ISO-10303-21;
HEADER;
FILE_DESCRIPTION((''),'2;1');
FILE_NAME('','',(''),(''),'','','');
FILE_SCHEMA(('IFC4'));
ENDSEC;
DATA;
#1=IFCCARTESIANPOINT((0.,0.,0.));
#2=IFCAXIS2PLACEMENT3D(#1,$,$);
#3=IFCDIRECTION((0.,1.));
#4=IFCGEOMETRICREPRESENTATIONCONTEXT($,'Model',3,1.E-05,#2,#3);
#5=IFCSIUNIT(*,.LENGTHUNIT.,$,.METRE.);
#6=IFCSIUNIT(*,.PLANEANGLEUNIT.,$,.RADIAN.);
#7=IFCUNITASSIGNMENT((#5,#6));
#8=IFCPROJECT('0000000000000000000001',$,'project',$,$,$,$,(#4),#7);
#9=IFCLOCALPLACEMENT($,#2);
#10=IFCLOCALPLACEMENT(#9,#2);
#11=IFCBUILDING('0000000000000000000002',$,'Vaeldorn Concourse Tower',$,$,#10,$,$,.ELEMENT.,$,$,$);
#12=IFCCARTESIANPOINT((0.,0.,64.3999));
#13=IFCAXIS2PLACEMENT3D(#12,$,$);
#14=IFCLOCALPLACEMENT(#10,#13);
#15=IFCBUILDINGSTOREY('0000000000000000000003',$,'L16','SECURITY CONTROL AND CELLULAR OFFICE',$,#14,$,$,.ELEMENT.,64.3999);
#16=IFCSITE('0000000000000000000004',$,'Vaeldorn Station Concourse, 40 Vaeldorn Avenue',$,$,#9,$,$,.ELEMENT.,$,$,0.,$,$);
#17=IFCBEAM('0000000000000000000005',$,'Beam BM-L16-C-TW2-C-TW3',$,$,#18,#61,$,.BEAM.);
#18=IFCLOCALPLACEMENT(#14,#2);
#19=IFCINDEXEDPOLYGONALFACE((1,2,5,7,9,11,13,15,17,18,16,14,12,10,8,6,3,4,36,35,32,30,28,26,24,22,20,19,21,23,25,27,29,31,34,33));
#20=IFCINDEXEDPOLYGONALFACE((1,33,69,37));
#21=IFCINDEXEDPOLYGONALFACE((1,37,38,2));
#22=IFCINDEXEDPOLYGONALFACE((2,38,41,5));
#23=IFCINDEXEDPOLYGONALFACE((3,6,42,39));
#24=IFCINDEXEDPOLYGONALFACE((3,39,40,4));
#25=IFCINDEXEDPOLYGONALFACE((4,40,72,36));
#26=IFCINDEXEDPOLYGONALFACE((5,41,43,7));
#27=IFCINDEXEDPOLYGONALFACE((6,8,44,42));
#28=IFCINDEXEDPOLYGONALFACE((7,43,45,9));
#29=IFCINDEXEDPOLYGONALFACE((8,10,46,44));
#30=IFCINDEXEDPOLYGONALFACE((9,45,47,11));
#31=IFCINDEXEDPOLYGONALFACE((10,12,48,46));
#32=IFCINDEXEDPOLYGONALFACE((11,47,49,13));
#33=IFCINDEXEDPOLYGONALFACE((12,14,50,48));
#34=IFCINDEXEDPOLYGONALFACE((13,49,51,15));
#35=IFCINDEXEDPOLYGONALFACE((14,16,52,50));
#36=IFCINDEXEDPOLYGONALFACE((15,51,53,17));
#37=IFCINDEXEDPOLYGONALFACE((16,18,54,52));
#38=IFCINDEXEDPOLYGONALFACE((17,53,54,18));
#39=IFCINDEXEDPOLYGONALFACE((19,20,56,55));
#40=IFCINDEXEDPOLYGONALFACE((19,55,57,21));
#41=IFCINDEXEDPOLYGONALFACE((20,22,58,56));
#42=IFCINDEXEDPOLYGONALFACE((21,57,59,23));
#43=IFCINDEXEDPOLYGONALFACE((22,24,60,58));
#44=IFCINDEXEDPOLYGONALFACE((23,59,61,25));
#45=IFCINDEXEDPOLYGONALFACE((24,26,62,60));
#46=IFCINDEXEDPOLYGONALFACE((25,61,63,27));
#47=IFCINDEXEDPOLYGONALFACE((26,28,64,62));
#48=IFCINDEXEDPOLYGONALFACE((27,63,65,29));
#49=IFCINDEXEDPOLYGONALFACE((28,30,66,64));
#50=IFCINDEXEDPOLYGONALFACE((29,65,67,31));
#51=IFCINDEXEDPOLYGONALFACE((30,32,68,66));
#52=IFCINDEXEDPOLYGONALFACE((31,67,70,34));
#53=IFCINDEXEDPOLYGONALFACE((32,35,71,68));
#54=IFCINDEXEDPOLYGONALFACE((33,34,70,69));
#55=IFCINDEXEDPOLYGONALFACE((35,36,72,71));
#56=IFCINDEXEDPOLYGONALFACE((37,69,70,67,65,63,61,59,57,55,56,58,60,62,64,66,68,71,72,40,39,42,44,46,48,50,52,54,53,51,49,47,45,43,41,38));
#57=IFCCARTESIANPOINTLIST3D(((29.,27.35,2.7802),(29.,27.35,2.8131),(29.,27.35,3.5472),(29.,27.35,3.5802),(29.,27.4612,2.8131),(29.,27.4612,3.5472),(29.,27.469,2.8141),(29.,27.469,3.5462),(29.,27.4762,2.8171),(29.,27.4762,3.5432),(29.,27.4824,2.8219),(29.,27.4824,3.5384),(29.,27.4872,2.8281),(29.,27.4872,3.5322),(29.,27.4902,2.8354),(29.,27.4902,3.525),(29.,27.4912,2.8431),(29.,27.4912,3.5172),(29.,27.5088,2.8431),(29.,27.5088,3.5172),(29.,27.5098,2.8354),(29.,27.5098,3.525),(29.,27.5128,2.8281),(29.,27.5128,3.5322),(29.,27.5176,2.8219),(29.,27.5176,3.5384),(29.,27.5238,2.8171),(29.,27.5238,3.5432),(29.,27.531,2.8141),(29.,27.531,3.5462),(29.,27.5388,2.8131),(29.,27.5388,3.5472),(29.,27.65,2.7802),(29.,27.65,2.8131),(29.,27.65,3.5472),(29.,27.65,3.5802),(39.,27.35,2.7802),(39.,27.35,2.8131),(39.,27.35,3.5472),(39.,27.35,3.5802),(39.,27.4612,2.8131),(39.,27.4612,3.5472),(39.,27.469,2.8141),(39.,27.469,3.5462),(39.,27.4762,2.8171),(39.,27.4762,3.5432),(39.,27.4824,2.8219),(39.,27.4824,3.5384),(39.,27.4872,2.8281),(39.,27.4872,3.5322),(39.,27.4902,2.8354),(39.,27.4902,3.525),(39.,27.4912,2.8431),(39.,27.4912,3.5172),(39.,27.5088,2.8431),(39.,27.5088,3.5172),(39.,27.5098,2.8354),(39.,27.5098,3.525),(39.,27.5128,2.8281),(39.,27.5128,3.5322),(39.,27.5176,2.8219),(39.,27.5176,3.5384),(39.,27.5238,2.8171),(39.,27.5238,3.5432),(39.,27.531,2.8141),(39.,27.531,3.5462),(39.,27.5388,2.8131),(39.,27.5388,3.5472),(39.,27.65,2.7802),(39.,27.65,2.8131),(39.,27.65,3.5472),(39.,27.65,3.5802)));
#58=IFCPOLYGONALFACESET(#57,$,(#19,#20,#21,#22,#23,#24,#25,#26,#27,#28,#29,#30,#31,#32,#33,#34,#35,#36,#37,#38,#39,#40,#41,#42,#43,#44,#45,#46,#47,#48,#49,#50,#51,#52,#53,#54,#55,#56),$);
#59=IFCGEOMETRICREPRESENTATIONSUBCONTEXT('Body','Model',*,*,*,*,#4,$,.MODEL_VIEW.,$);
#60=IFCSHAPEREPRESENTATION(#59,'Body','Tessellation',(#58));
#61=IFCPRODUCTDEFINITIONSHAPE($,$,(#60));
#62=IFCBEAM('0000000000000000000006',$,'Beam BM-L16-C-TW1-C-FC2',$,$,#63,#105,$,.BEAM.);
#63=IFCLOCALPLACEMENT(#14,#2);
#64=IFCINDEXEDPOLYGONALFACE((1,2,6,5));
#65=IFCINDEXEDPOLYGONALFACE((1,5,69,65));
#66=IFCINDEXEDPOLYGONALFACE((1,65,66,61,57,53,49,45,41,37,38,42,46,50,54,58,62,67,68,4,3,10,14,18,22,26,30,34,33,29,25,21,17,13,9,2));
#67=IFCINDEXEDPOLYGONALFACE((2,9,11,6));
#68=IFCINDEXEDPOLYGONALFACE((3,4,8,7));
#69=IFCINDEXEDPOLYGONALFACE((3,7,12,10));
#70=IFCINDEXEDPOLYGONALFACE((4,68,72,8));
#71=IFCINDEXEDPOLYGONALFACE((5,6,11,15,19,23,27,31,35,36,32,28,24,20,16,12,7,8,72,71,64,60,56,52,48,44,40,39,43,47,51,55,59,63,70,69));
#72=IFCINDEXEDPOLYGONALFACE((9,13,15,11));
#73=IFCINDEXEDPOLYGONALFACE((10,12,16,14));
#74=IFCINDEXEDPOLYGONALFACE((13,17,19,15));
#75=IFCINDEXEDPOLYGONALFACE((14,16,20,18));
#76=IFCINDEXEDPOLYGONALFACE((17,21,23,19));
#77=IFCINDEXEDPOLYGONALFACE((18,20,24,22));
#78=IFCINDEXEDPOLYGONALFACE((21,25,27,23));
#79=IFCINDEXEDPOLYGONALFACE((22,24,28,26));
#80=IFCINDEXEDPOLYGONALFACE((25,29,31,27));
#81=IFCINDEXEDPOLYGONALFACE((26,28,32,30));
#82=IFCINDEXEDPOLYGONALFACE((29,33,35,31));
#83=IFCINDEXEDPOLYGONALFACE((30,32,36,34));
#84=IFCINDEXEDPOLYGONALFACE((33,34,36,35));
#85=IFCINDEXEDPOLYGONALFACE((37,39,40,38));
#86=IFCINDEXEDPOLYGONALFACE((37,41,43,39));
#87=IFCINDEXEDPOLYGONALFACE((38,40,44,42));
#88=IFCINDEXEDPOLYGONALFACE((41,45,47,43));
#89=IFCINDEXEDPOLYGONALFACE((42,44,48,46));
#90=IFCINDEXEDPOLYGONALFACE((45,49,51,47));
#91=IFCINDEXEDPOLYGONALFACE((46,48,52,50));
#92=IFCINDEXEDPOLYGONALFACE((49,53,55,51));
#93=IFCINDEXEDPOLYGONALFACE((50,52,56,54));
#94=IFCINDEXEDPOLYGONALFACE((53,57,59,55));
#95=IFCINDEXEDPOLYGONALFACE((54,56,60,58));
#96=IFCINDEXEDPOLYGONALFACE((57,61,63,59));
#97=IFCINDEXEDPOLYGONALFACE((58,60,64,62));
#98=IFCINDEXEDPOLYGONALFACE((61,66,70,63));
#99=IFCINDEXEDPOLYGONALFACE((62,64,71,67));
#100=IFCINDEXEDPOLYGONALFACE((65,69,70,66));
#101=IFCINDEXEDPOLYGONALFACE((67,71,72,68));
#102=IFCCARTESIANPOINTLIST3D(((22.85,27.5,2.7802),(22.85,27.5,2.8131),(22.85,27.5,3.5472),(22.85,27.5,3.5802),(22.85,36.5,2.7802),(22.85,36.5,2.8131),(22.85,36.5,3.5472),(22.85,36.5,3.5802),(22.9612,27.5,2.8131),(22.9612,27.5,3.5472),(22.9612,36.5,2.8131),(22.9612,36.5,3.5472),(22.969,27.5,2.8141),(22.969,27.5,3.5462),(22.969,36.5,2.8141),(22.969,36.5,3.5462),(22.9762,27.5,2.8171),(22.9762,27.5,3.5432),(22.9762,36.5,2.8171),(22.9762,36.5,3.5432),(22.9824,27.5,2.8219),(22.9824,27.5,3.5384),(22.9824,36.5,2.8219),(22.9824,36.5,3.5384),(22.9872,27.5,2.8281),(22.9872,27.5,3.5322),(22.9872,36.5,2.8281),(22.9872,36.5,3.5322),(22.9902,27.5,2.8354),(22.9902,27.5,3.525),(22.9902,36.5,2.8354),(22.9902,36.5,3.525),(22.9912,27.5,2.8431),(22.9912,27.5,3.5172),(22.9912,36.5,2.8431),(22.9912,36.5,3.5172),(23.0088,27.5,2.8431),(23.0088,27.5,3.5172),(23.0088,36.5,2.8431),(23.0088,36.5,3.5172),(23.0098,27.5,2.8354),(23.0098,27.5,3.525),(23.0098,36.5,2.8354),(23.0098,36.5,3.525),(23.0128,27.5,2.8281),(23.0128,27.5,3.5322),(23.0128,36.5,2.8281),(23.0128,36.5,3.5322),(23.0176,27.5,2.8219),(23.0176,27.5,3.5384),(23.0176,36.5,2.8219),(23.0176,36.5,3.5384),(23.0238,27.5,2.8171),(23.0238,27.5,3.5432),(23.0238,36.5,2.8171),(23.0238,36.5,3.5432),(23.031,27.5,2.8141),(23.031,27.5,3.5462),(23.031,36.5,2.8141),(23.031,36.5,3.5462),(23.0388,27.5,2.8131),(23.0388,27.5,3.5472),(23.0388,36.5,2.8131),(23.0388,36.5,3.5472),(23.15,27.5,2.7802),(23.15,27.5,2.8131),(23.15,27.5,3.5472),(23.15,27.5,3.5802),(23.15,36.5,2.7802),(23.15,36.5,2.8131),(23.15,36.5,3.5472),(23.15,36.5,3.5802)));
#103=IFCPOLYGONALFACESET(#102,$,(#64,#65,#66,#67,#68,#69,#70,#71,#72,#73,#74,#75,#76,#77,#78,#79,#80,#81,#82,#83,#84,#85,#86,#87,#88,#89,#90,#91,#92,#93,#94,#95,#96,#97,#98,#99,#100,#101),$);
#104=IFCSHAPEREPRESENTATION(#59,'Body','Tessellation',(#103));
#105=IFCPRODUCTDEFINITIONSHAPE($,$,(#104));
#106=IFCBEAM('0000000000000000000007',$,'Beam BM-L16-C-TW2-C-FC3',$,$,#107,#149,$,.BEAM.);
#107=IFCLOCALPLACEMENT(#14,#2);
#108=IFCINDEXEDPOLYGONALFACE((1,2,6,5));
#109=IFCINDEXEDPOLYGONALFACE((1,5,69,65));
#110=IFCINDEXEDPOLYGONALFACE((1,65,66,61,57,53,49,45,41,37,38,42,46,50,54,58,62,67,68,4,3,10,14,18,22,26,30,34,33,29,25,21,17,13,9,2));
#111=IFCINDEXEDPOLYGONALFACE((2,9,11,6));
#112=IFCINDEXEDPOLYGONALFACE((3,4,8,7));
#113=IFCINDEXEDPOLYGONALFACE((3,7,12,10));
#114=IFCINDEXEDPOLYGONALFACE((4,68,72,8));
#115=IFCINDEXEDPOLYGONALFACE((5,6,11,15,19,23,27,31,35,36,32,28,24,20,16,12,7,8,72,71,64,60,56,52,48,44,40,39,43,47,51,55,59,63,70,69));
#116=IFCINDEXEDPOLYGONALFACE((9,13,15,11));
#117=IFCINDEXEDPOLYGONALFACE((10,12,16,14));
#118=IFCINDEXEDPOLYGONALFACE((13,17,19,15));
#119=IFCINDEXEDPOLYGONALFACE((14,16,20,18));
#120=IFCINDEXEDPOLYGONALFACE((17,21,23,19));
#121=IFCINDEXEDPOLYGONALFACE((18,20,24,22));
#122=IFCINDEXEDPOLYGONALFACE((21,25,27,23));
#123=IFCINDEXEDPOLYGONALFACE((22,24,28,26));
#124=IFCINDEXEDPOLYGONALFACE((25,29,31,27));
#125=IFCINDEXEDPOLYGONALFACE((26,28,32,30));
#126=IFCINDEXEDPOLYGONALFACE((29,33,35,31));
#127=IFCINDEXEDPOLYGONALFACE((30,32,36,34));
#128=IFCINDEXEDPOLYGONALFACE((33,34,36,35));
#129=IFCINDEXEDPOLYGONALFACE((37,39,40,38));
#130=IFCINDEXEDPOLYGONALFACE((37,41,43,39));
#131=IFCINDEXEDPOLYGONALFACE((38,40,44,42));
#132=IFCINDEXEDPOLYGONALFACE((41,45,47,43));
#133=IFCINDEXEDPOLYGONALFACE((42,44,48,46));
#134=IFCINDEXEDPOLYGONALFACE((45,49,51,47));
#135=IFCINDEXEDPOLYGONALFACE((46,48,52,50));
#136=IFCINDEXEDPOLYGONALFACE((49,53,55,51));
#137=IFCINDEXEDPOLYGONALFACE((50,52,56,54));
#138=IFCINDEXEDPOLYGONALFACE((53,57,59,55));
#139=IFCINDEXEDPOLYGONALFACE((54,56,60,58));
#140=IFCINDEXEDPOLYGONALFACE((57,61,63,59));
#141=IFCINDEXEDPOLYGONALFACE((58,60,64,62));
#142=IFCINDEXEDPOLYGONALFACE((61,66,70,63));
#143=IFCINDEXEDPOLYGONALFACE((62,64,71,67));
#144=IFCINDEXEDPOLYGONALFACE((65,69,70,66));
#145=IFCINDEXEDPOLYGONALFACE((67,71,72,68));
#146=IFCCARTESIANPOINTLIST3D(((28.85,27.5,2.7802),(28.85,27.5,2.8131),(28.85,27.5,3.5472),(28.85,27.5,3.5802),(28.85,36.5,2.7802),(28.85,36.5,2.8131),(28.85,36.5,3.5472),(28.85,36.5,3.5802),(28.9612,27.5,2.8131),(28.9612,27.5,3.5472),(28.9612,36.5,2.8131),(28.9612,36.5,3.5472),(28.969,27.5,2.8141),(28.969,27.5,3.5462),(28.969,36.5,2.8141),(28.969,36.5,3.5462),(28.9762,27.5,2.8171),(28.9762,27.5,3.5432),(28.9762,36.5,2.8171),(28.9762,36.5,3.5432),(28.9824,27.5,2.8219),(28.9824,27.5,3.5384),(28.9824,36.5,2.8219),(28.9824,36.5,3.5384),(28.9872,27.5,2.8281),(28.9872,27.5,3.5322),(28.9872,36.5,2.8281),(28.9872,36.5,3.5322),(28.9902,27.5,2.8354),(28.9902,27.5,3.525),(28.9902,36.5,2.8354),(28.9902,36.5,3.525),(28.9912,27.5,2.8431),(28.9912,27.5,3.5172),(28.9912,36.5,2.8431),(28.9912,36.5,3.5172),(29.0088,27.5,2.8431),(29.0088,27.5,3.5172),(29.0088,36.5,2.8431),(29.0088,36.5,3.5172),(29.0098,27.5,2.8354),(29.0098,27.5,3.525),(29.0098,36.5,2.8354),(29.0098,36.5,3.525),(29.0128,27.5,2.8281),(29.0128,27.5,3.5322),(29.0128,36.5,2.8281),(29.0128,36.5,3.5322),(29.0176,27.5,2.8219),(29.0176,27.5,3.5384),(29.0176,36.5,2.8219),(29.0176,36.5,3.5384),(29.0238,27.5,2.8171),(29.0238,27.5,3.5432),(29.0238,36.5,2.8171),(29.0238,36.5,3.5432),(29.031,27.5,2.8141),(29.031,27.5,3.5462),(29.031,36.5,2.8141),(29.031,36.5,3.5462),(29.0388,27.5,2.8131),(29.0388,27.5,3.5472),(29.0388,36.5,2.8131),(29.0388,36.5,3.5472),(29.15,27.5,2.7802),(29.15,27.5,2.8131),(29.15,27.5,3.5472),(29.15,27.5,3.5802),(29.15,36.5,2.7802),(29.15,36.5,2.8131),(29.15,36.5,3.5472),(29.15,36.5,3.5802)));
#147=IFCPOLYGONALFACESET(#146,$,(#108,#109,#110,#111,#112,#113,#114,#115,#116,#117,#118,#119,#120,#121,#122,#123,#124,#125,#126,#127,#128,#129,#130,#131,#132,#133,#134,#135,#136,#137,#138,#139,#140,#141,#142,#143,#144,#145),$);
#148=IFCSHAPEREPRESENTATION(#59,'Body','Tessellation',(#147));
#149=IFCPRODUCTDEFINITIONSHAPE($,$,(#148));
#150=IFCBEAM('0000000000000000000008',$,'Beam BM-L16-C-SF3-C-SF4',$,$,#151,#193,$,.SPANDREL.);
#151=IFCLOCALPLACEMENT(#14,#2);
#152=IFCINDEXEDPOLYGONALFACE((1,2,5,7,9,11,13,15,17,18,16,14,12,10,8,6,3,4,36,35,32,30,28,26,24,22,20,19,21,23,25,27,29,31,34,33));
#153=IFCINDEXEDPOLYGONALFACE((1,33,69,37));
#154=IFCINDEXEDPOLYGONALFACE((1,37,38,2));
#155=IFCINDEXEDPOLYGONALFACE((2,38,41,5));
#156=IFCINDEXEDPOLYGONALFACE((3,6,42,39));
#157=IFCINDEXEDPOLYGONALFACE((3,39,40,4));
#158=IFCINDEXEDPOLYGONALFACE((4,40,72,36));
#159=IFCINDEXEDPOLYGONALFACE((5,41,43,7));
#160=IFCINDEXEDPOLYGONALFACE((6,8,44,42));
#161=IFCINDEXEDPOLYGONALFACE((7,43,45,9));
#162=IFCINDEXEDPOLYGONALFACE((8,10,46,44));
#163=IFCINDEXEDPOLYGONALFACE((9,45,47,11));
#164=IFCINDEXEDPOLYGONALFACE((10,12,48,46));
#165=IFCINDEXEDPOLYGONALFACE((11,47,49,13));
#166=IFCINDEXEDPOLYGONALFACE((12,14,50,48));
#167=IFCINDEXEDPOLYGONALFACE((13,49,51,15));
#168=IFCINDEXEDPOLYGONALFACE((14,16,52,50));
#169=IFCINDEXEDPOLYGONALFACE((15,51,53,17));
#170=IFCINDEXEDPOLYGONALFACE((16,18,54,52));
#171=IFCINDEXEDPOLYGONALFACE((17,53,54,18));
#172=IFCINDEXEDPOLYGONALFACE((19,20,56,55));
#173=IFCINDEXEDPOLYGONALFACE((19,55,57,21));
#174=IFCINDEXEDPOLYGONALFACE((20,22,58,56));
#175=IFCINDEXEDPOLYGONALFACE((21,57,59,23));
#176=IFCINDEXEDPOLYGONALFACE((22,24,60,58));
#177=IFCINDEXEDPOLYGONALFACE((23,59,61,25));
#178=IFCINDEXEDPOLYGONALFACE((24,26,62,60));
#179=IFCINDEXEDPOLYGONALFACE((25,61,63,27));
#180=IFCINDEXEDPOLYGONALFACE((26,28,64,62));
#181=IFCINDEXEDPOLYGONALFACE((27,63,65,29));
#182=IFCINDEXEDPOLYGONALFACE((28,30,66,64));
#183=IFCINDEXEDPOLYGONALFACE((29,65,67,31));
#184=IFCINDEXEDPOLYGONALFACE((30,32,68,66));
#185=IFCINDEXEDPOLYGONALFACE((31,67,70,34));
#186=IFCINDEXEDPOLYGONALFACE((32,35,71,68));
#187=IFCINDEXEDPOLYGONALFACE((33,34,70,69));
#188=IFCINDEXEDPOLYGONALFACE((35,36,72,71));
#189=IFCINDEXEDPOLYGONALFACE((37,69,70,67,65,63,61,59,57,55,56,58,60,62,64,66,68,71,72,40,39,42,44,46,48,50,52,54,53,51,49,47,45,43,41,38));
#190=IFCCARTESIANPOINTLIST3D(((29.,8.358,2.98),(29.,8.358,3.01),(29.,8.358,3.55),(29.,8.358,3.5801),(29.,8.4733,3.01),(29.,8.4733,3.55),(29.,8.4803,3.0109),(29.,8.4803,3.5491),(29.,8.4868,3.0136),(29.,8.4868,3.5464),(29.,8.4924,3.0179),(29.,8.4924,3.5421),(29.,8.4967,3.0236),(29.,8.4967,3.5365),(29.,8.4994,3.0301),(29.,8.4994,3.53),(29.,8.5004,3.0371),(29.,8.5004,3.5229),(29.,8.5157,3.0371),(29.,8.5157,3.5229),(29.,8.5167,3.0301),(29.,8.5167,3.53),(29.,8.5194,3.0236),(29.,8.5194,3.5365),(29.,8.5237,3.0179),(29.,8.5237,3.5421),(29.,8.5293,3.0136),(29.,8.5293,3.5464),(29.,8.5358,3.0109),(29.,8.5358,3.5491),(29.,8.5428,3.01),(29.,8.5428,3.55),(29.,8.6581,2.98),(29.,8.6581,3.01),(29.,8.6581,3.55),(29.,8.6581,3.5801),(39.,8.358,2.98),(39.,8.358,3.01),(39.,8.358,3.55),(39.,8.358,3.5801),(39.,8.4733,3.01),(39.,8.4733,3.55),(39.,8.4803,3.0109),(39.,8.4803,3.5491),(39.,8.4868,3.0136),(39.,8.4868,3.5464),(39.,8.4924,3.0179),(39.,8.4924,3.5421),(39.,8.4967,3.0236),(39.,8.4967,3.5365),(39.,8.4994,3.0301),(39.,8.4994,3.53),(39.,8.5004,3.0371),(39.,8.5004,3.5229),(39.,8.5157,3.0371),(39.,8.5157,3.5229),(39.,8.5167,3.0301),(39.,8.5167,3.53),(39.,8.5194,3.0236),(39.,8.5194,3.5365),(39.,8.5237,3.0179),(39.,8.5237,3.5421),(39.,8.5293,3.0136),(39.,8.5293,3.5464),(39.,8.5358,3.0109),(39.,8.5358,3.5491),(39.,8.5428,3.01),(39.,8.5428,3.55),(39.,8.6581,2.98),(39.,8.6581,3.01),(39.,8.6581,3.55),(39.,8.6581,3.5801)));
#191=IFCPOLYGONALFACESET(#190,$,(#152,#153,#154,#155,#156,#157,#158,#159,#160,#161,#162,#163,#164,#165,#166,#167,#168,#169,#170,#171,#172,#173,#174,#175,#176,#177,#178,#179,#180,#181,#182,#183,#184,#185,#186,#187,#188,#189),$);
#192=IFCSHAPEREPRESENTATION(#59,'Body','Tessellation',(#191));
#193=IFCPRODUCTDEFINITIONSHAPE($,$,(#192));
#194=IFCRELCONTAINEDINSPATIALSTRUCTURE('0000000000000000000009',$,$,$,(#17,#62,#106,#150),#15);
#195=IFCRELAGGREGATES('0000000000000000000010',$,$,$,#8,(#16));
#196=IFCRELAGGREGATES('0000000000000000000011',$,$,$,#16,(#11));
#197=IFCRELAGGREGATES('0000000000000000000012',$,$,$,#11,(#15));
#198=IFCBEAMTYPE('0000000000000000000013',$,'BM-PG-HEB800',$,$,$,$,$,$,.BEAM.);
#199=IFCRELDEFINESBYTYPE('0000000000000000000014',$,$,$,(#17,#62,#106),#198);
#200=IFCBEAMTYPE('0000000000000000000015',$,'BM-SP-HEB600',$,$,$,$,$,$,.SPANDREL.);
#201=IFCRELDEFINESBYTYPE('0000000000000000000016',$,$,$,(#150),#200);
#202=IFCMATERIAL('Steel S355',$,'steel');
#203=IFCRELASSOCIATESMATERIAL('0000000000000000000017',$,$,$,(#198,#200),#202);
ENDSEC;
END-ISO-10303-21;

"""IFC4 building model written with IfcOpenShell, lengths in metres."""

from ifc_helpers import new_model, si_unit, direction, frame, origin, origin_2d, place, context, subcontext, project, spatial, i_section, extrude, source, transform, mapped, material, material_profile, profile_set, type_object, element, save


model = new_model("IFC4")

# Units and contexts
model_context = context("Model", 3, precision=1e-05, world=origin(), true_north=direction((0.0, 1.0)))
body_context = subcontext(model_context, "Body", "Model", "MODEL_VIEW")
ifc_project = project(units=[si_unit("LENGTHUNIT", "METRE"), si_unit("PLANEANGLEUNIT", "RADIAN")], contexts=[model_context])

# Site, building, storey
site_placement = place(None, origin())
site = spatial("IfcSite", under=ifc_project, at=site_placement, Name="Vaeldorn Station Concourse, 40 Vaeldorn Avenue", CompositionType="ELEMENT", RefElevation=0.0)
building_placement = place(site_placement, origin())
building = spatial("IfcBuilding", under=site, at=building_placement, Name="Vaeldorn Concourse Tower", CompositionType="ELEMENT")
storey_placement = place(building_placement, frame((0.0, 0.0, 64.3999)))
storey = spatial("IfcBuildingStorey", under=building, at=storey_placement, Name="L16", Description="SECURITY CONTROL AND CELLULAR OFFICE", CompositionType="ELEMENT", Elevation=64.3999)

# Beams
ifc_material_1 = material(Name="Steel S355", Category="steel")
ifc_material_profile_1 = material_profile(ifc_material_1, i_section(OverallWidth=0.3, OverallDepth=0.8, WebThickness=0.0176, FlangeThickness=0.033, FilletRadius=0.03, at=origin_2d()), Name="HEB 800")
ifc_profile_set_1 = profile_set([ifc_material_profile_1], Name="Steel S355")
beam_type_1 = type_object("IfcBeamType", Name="BM-PG-HEB800", PredefinedType="BEAM", material=ifc_profile_set_1)
shared_shape_1 = source(origin(), body_context, "Body", "SweptSolid", [
    extrude(i_section(OverallWidth=0.3, OverallDepth=0.8, WebThickness=0.0176, FlangeThickness=0.033, FilletRadius=0.03, at=origin_2d()), origin(), (0.0, 0.0, 1.0), 10.0),
])
beam_1_placement = place(storey_placement, frame((29.0, 27.5, 3.1802), z_axis=(1.0, 0.0, 0.0), x_axis=(0.0, 1.0, 0.0)))
element("IfcBeam", 1, at=beam_1_placement, inside=storey, type_object=beam_type_1, Name="Beam BM-L16-C-TW2-C-TW3", PredefinedType="BEAM", context=body_context, shape_type="MappedRepresentation", body=[
    mapped(shared_shape_1, transform((0.0, 0.0, 0.0), scale=1.0)),
])
shared_shape_2 = source(origin(), body_context, "Body", "SweptSolid", [
    extrude(i_section(OverallWidth=0.3, OverallDepth=0.8, WebThickness=0.0176, FlangeThickness=0.033, FilletRadius=0.03, at=origin_2d()), origin(), (0.0, 0.0, 1.0), 9.0),
])
for number, where, z_axis, x_axis, name in (
    (2, (23.0, 27.5, 3.1802), (0.0, 1.0, 0.0), (-1.0, 0.0, 0.0), "Beam BM-L16-C-TW1-C-FC2"),
    (3, (29.0, 27.5, 3.1802), (0.0, 1.0, 0.0), (-1.0, 0.0, 0.0), "Beam BM-L16-C-TW2-C-FC3"),
):
    element("IfcBeam", number, at=place(storey_placement, frame(where, z_axis=z_axis, x_axis=x_axis)), inside=storey, type_object=beam_type_1, Name=name, PredefinedType="BEAM", context=body_context, shape_type="MappedRepresentation", body=[
        mapped(shared_shape_2, transform((0.0, 0.0, 0.0), scale=1.0)),
    ])
ifc_material_profile_2 = material_profile(ifc_material_1, i_section(OverallWidth=0.3, OverallDepth=0.6001, WebThickness=0.0154, FlangeThickness=0.03, FilletRadius=0.0271, at=origin_2d()), Name="HEB 600")
ifc_profile_set_2 = profile_set([ifc_material_profile_2], Name="Steel S355")
beam_type_2 = type_object("IfcBeamType", Name="BM-SP-HEB600", PredefinedType="SPANDREL", material=ifc_profile_set_2)
shared_shape_3 = source(origin(), body_context, "Body", "SweptSolid", [
    extrude(i_section(OverallWidth=0.3, OverallDepth=0.6001, WebThickness=0.0154, FlangeThickness=0.03, FilletRadius=0.0271, at=origin_2d()), origin(), (0.0, 0.0, 1.0), 10.0),
])
beam_2_placement = place(storey_placement, frame((29.0, 8.5081, 3.28), z_axis=(1.0, 0.0, 0.0), x_axis=(0.0, 1.0, 0.0)))
element("IfcBeam", 4, at=beam_2_placement, inside=storey, type_object=beam_type_2, Name="Beam BM-L16-C-SF3-C-SF4", PredefinedType="SPANDREL", context=body_context, shape_type="MappedRepresentation", body=[
    mapped(shared_shape_3, transform((0.0, 0.0, 0.0), scale=1.0)),
])

save(model, "model.ifc")
